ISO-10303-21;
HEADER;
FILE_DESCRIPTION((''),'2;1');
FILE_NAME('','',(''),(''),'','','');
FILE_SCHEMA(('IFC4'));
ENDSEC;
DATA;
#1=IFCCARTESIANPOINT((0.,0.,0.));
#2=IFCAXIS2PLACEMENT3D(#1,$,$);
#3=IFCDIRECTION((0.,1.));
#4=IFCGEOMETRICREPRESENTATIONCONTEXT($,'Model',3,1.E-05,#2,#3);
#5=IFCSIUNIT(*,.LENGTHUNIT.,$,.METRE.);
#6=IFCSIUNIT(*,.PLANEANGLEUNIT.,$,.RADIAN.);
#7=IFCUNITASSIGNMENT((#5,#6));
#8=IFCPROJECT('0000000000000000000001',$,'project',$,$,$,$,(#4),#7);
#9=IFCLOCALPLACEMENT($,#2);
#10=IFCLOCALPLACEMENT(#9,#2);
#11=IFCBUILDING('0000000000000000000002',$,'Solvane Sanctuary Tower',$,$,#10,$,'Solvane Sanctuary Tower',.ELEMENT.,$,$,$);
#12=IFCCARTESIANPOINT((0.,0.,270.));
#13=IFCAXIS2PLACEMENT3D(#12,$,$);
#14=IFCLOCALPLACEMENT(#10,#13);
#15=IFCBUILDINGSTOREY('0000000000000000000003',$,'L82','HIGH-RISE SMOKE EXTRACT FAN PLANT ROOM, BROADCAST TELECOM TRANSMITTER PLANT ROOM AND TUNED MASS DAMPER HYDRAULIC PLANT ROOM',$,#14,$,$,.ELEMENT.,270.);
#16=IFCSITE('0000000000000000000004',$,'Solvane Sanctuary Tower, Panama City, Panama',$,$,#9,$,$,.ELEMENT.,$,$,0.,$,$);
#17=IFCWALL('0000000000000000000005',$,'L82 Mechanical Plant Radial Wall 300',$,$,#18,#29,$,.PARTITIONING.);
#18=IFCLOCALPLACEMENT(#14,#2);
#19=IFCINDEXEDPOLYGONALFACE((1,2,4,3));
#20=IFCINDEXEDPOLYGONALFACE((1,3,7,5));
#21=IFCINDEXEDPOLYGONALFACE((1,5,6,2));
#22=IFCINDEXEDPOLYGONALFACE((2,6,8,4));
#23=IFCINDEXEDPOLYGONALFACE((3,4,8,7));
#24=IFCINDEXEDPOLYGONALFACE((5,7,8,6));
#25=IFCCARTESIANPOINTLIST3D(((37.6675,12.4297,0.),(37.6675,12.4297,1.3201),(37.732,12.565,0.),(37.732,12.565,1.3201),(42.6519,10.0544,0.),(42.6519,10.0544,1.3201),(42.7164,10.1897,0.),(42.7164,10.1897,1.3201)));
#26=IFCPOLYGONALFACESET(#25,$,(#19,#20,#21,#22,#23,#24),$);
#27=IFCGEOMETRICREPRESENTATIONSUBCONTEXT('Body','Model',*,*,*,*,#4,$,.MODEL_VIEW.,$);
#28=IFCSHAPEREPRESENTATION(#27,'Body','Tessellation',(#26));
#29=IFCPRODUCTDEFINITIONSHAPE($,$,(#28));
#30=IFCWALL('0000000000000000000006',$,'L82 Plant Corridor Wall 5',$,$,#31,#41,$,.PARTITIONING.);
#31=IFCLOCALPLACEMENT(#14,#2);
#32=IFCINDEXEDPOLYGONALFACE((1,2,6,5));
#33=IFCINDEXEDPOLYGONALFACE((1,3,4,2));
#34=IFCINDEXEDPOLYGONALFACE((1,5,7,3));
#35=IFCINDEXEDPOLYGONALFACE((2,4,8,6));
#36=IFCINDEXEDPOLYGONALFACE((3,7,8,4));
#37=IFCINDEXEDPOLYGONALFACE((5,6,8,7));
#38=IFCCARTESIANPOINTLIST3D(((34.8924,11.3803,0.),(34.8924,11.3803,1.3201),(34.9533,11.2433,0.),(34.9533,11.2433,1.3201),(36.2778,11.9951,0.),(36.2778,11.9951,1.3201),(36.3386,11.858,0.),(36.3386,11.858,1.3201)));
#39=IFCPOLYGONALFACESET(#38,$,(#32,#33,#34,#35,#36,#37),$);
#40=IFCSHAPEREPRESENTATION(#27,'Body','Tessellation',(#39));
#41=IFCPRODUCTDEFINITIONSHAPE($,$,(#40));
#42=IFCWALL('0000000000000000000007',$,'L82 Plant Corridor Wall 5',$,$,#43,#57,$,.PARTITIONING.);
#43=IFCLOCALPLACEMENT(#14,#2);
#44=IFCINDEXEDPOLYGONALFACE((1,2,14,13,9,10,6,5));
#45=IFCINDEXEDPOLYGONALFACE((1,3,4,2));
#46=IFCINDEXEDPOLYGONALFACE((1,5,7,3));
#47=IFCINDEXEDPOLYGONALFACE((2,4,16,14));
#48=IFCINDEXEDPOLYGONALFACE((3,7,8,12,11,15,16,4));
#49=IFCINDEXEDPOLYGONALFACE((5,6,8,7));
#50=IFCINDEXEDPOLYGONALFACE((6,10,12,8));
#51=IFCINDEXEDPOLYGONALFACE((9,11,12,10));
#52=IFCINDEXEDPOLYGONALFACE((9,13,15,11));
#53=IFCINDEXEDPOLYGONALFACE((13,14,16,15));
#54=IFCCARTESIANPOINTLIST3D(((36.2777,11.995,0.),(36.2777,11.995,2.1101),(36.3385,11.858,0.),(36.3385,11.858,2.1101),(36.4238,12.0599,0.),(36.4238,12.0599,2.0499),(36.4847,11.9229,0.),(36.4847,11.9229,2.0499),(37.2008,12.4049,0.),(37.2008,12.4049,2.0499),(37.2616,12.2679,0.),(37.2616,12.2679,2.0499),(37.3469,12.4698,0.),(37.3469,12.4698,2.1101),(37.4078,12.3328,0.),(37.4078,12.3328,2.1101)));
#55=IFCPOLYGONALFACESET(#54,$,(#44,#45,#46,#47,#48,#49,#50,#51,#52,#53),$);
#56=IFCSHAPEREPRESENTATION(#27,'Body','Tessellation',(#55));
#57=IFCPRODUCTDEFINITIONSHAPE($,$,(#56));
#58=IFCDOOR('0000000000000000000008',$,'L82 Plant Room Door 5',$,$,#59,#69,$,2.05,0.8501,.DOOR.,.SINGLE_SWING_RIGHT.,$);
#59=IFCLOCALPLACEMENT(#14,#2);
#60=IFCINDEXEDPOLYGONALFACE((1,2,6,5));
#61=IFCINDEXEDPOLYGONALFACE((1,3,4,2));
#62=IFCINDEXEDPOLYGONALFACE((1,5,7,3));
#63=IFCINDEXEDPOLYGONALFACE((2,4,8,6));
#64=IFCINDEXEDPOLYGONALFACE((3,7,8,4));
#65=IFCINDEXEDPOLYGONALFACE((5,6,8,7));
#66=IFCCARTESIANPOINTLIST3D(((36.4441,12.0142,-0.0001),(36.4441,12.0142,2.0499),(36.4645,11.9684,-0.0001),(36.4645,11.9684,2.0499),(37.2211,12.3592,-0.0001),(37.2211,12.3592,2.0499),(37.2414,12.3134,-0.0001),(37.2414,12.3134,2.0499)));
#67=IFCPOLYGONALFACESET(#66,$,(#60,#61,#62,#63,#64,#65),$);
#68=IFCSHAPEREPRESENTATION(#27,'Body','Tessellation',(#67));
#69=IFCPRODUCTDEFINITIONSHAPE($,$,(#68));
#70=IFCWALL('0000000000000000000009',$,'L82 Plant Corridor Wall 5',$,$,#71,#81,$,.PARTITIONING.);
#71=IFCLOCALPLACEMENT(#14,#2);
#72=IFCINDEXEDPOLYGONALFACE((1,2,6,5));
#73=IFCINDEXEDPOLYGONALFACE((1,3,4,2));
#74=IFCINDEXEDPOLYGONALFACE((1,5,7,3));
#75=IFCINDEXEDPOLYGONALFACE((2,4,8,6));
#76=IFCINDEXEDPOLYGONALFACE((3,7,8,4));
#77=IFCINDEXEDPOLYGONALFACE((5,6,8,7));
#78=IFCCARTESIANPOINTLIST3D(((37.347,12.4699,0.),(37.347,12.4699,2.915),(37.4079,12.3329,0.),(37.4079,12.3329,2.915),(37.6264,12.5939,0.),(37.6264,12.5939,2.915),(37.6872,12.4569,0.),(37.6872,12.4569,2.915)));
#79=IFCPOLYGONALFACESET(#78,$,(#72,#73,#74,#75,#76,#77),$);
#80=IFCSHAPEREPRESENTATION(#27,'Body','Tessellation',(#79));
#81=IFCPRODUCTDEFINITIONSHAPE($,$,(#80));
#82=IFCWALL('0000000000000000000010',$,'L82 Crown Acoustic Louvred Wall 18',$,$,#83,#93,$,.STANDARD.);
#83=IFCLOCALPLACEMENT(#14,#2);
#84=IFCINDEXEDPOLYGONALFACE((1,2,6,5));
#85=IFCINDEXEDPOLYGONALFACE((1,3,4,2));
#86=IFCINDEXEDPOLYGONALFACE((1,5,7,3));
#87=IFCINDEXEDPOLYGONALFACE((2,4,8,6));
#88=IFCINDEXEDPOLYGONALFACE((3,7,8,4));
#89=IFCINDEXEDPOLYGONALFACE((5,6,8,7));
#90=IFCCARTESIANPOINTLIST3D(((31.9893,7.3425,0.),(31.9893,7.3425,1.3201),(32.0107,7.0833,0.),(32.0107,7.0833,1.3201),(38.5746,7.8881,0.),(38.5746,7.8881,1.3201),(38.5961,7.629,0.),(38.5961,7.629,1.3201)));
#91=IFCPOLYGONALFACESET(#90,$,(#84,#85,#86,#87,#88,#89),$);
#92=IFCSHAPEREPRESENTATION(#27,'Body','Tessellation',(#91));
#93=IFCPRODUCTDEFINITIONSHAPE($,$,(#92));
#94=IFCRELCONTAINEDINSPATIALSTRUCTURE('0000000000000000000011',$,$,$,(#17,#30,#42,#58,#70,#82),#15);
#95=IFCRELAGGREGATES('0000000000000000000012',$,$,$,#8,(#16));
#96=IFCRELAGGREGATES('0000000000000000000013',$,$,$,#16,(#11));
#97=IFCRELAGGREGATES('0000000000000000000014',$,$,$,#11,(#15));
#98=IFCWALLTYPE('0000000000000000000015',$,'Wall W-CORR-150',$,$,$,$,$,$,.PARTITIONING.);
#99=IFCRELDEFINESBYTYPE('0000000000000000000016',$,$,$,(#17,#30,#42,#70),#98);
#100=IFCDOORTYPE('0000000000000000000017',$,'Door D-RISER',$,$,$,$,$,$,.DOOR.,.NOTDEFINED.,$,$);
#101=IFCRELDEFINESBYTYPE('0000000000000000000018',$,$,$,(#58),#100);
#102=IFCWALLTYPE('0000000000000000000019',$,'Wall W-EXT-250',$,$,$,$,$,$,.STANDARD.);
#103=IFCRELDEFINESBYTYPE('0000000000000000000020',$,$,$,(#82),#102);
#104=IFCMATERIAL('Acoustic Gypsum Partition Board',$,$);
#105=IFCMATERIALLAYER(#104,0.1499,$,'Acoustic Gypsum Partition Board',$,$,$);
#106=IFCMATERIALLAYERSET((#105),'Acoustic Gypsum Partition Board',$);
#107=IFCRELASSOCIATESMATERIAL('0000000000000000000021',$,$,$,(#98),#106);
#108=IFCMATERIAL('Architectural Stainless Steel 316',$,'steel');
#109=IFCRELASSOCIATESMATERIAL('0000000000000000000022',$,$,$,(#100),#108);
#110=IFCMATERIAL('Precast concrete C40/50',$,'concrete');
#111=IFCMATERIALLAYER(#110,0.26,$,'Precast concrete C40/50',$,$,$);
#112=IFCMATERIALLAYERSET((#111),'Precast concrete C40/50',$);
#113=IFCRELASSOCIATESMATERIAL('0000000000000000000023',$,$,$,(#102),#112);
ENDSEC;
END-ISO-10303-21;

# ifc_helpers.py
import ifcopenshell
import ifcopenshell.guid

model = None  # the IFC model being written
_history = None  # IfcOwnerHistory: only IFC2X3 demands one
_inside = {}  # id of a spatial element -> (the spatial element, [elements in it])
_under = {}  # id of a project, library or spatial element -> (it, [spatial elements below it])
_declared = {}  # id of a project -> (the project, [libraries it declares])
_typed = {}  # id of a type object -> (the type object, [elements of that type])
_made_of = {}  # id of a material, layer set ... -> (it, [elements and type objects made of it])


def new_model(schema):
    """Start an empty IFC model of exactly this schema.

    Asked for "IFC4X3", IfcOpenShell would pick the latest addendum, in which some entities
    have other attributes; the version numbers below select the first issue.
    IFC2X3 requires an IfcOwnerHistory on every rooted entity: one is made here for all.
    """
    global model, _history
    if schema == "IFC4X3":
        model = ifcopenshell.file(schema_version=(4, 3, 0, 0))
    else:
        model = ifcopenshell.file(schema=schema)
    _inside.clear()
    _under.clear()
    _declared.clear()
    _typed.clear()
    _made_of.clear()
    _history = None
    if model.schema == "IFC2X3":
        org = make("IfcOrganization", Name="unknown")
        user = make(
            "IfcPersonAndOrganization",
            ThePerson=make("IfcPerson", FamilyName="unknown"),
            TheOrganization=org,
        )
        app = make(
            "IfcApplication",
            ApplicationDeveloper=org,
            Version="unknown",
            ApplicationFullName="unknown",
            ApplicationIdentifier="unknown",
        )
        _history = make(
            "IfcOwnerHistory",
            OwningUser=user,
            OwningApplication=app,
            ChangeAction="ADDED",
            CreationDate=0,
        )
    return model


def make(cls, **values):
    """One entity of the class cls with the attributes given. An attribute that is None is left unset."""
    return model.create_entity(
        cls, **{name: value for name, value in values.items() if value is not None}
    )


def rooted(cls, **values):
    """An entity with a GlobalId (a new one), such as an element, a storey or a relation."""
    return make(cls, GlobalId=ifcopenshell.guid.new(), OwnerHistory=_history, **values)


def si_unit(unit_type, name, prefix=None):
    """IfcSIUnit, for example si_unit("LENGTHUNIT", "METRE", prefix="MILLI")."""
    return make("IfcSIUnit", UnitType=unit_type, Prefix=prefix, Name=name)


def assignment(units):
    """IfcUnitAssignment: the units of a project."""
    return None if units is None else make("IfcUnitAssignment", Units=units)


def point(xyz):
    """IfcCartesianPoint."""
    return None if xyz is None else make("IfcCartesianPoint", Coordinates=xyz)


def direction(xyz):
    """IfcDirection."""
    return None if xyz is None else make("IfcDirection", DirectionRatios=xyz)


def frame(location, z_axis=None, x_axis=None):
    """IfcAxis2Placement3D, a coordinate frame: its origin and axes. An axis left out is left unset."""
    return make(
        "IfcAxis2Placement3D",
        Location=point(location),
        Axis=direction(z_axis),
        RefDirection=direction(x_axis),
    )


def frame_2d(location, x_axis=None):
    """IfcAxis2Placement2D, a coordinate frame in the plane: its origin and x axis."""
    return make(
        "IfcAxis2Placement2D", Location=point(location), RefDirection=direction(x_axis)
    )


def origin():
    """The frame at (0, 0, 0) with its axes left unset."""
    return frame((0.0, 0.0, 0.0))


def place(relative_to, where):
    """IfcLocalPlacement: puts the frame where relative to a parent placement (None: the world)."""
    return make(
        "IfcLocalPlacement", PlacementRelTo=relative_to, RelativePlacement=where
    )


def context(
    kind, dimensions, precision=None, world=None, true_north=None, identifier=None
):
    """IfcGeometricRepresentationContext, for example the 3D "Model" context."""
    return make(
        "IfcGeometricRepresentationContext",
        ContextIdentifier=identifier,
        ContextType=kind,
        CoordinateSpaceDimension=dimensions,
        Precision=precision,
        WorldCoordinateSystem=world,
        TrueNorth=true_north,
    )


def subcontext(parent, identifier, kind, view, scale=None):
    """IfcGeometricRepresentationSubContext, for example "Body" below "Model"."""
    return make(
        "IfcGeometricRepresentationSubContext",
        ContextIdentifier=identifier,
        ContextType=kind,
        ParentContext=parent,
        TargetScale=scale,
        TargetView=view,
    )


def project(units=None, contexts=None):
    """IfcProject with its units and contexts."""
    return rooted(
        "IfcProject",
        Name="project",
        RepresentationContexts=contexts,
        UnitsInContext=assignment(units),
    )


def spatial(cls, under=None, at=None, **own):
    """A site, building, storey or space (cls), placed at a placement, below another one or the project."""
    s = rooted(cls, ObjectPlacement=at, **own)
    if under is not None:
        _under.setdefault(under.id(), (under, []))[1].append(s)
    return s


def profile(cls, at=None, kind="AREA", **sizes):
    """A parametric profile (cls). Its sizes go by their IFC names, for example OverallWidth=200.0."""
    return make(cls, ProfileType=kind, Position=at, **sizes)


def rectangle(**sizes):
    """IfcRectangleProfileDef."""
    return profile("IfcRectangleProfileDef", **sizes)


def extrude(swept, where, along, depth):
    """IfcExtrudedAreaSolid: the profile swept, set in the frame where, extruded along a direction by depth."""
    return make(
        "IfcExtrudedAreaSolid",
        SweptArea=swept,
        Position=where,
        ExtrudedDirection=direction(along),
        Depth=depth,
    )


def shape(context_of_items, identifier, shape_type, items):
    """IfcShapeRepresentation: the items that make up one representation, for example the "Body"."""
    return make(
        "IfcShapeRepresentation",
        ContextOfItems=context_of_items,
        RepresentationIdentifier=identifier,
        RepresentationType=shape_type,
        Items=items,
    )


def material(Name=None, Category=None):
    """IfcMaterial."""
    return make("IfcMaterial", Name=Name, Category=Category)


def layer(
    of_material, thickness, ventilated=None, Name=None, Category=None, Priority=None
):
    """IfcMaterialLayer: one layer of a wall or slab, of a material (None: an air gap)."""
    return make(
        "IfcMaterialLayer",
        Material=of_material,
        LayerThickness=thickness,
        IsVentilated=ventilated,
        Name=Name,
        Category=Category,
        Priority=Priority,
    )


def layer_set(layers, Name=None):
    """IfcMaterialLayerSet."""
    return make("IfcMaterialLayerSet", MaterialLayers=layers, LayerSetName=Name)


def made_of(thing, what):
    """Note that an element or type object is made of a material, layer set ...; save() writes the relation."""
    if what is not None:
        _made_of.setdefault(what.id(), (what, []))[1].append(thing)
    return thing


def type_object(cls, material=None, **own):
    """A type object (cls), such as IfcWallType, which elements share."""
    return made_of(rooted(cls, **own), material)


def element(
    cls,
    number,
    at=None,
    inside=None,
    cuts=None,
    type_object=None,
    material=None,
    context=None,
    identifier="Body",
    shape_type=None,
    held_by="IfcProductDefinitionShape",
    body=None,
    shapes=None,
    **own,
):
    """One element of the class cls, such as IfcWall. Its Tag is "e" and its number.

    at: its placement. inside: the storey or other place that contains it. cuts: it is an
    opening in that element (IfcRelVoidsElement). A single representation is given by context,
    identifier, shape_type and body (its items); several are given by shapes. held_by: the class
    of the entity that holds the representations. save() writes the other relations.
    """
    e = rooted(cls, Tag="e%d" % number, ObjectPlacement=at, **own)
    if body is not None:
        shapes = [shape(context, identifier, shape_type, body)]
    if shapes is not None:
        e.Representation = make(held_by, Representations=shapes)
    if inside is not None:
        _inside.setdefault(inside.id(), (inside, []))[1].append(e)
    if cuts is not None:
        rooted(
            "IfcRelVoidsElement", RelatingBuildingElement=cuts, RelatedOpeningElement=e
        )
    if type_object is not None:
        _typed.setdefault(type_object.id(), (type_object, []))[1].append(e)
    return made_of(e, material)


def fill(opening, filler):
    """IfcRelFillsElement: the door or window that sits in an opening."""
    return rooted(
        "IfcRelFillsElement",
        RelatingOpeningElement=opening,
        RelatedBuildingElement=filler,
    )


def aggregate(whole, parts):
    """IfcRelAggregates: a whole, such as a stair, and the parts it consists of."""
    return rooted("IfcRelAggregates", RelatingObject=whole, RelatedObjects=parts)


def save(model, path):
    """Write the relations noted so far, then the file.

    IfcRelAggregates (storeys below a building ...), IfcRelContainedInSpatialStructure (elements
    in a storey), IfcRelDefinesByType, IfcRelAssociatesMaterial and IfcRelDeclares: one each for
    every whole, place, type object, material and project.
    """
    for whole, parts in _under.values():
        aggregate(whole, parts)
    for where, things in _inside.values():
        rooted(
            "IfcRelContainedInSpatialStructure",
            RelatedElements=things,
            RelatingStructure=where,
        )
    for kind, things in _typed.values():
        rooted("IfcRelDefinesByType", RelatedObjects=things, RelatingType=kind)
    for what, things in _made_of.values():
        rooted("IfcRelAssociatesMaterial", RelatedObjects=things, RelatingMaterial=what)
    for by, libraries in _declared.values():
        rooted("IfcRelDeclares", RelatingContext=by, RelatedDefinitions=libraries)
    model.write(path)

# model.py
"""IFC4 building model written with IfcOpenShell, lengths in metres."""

from ifc_helpers import new_model, si_unit, direction, frame, frame_2d, origin, place, context, subcontext, project, spatial, rectangle, extrude, material, layer, layer_set, type_object, element, fill, save


model = new_model("IFC4")

# Units and contexts
model_context = context("Model", 3, precision=1e-05, world=origin(), true_north=direction((0.0, 1.0)))
body_context = subcontext(model_context, "Body", "Model", "MODEL_VIEW")
ifc_project = project(units=[si_unit("LENGTHUNIT", "METRE"), si_unit("PLANEANGLEUNIT", "RADIAN")], contexts=[model_context])

# Site, building, storey
site_placement = place(None, origin())
site = spatial("IfcSite", under=ifc_project, at=site_placement, Name="Solvane Sanctuary Tower, Panama City, Panama", CompositionType="ELEMENT", RefElevation=0.0)
building_placement = place(site_placement, origin())
building = spatial("IfcBuilding", under=site, at=building_placement, Name="Solvane Sanctuary Tower", LongName="Solvane Sanctuary Tower", CompositionType="ELEMENT")
storey_placement = place(building_placement, frame((0.0, 0.0, 270.0)))
storey = spatial("IfcBuildingStorey", under=building, at=storey_placement, Name="L82", Description="HIGH-RISE SMOKE EXTRACT FAN PLANT ROOM, BROADCAST TELECOM TRANSMITTER PLANT ROOM AND TUNED MASS DAMPER HYDRAULIC PLANT ROOM", CompositionType="ELEMENT", Elevation=270.0)

# Walls
ifc_material_1 = material(Name="Acoustic Gypsum Partition Board")
ifc_layer_1 = layer(ifc_material_1, 0.1499, Name="Acoustic Gypsum Partition Board")
ifc_layer_set_1 = layer_set([ifc_layer_1], Name="Acoustic Gypsum Partition Board")
wall_type_1 = type_object("IfcWallType", Name="Wall W-CORR-150", PredefinedType="PARTITIONING", material=ifc_layer_set_1)
wall_1_placement = place(storey_placement, frame((37.6997, 12.4973, 0.0), z_axis=(0.0, 0.0, 1.0), x_axis=(0.902739, -0.430189, 0.0)))
element("IfcWall", 1, at=wall_1_placement, inside=storey, type_object=wall_type_1, Name="L82 Mechanical Plant Radial Wall 300", PredefinedType="PARTITIONING", context=body_context, shape_type="SweptSolid", body=[
    extrude(rectangle(XDim=5.5215, YDim=0.1499, at=frame_2d((2.7607, 0.0))), origin(), (0.0, 0.0, 1.0), 1.3201),
])
wall_2_placement = place(storey_placement, frame((34.9229, 11.3118, 0.0), z_axis=(0.0, 0.0, 1.0), x_axis=(0.914037, 0.40563, 0.0)))
element("IfcWall", 2, at=wall_2_placement, inside=storey, type_object=wall_type_1, Name="L82 Plant Corridor Wall 5", PredefinedType="PARTITIONING", context=body_context, shape_type="SweptSolid", body=[
    extrude(rectangle(XDim=1.5156, YDim=0.1499, at=frame_2d((0.7578, 0.0))), origin(), (0.0, 0.0, 1.0), 1.3201),
])

# Wall, opening, door
wall_3_placement = place(storey_placement, frame((36.3081, 11.9265, 0.0), z_axis=(0.0, 0.0, 1.0), x_axis=(0.913941, 0.405848, 0.0)))
wall_3 = element("IfcWall", 3, at=wall_3_placement, inside=storey, type_object=wall_type_1, Name="L82 Plant Corridor Wall 5", PredefinedType="PARTITIONING", context=body_context, shape_type="SweptSolid", body=[
    extrude(rectangle(XDim=1.1699, YDim=0.1499, at=frame_2d((0.585, 0.0))), origin(), (0.0, 0.0, 1.0), 2.1101),
])
opening_placement = place(wall_3_placement, frame((0.1599, 0.0, 0.0)))
opening = element("IfcOpeningElement", 4, at=opening_placement, cuts=wall_3, PredefinedType="OPENING", context=body_context, shape_type="SweptSolid", body=[
    extrude(rectangle(XDim=0.8501, YDim=2.05, at=frame_2d((0.425, 1.0249))), frame((0.0, 0.085, 0.0), z_axis=(0.0, -1.0, 0.0), x_axis=(1.0, 0.0, 0.0)), (0.0, 0.0, 1.0), 0.1699),
])
ifc_material_2 = material(Name="Architectural Stainless Steel 316", Category="steel")
door_type = type_object("IfcDoorType", Name="Door D-RISER", OperationType="NOTDEFINED", PredefinedType="DOOR", material=ifc_material_2)
door_placement = place(opening_placement, origin())
door = element("IfcDoor", 5, at=door_placement, inside=storey, type_object=door_type, Name="L82 Plant Room Door 5", OperationType="SINGLE_SWING_RIGHT", OverallHeight=2.05, OverallWidth=0.8501, PredefinedType="DOOR", context=body_context, shape_type="SweptSolid", body=[
    extrude(rectangle(XDim=0.8501, YDim=2.05, at=frame_2d((0.425, 1.0249))), frame((0.0, 0.0249, 0.0), z_axis=(0.0, -1.0, 0.0), x_axis=(1.0, 0.0, 0.0)), (0.0, 0.0, 1.0), 0.05),
])
fill(opening, door)

# Walls
wall_4_placement = place(storey_placement, frame((37.3774, 12.4014, 0.0), z_axis=(0.0, 0.0, 1.0), x_axis=(0.913943, 0.405842, 0.0)))
element("IfcWall", 6, at=wall_4_placement, inside=storey, type_object=wall_type_1, Name="L82 Plant Corridor Wall 5", PredefinedType="PARTITIONING", context=body_context, shape_type="SweptSolid", body=[
    extrude(rectangle(XDim=0.3057, YDim=0.1499, at=frame_2d((0.1528, 0.0))), origin(), (0.0, 0.0, 1.0), 2.915),
])
ifc_material_3 = material(Name="Precast concrete C40/50", Category="concrete")
ifc_layer_2 = layer(ifc_material_3, 0.26, Name="Precast concrete C40/50")
ifc_layer_set_2 = layer_set([ifc_layer_2], Name="Precast concrete C40/50")
wall_type_2 = type_object("IfcWallType", Name="Wall W-EXT-250", PredefinedType="STANDARD", material=ifc_layer_set_2)
wall_5_placement = place(storey_placement, frame((32.0, 7.2129, 0.0), z_axis=(0.0, 0.0, 1.0), x_axis=(0.996585, 0.082575, 0.0)))
element("IfcWall", 7, at=wall_5_placement, inside=storey, type_object=wall_type_2, Name="L82 Crown Acoustic Louvred Wall 18", PredefinedType="STANDARD", context=body_context, shape_type="SweptSolid", body=[
    extrude(rectangle(XDim=6.6079, YDim=0.26, at=frame_2d((3.304, 0.0))), origin(), (0.0, 0.0, 1.0), 1.3201),
])

save(model, "model.ifc")
